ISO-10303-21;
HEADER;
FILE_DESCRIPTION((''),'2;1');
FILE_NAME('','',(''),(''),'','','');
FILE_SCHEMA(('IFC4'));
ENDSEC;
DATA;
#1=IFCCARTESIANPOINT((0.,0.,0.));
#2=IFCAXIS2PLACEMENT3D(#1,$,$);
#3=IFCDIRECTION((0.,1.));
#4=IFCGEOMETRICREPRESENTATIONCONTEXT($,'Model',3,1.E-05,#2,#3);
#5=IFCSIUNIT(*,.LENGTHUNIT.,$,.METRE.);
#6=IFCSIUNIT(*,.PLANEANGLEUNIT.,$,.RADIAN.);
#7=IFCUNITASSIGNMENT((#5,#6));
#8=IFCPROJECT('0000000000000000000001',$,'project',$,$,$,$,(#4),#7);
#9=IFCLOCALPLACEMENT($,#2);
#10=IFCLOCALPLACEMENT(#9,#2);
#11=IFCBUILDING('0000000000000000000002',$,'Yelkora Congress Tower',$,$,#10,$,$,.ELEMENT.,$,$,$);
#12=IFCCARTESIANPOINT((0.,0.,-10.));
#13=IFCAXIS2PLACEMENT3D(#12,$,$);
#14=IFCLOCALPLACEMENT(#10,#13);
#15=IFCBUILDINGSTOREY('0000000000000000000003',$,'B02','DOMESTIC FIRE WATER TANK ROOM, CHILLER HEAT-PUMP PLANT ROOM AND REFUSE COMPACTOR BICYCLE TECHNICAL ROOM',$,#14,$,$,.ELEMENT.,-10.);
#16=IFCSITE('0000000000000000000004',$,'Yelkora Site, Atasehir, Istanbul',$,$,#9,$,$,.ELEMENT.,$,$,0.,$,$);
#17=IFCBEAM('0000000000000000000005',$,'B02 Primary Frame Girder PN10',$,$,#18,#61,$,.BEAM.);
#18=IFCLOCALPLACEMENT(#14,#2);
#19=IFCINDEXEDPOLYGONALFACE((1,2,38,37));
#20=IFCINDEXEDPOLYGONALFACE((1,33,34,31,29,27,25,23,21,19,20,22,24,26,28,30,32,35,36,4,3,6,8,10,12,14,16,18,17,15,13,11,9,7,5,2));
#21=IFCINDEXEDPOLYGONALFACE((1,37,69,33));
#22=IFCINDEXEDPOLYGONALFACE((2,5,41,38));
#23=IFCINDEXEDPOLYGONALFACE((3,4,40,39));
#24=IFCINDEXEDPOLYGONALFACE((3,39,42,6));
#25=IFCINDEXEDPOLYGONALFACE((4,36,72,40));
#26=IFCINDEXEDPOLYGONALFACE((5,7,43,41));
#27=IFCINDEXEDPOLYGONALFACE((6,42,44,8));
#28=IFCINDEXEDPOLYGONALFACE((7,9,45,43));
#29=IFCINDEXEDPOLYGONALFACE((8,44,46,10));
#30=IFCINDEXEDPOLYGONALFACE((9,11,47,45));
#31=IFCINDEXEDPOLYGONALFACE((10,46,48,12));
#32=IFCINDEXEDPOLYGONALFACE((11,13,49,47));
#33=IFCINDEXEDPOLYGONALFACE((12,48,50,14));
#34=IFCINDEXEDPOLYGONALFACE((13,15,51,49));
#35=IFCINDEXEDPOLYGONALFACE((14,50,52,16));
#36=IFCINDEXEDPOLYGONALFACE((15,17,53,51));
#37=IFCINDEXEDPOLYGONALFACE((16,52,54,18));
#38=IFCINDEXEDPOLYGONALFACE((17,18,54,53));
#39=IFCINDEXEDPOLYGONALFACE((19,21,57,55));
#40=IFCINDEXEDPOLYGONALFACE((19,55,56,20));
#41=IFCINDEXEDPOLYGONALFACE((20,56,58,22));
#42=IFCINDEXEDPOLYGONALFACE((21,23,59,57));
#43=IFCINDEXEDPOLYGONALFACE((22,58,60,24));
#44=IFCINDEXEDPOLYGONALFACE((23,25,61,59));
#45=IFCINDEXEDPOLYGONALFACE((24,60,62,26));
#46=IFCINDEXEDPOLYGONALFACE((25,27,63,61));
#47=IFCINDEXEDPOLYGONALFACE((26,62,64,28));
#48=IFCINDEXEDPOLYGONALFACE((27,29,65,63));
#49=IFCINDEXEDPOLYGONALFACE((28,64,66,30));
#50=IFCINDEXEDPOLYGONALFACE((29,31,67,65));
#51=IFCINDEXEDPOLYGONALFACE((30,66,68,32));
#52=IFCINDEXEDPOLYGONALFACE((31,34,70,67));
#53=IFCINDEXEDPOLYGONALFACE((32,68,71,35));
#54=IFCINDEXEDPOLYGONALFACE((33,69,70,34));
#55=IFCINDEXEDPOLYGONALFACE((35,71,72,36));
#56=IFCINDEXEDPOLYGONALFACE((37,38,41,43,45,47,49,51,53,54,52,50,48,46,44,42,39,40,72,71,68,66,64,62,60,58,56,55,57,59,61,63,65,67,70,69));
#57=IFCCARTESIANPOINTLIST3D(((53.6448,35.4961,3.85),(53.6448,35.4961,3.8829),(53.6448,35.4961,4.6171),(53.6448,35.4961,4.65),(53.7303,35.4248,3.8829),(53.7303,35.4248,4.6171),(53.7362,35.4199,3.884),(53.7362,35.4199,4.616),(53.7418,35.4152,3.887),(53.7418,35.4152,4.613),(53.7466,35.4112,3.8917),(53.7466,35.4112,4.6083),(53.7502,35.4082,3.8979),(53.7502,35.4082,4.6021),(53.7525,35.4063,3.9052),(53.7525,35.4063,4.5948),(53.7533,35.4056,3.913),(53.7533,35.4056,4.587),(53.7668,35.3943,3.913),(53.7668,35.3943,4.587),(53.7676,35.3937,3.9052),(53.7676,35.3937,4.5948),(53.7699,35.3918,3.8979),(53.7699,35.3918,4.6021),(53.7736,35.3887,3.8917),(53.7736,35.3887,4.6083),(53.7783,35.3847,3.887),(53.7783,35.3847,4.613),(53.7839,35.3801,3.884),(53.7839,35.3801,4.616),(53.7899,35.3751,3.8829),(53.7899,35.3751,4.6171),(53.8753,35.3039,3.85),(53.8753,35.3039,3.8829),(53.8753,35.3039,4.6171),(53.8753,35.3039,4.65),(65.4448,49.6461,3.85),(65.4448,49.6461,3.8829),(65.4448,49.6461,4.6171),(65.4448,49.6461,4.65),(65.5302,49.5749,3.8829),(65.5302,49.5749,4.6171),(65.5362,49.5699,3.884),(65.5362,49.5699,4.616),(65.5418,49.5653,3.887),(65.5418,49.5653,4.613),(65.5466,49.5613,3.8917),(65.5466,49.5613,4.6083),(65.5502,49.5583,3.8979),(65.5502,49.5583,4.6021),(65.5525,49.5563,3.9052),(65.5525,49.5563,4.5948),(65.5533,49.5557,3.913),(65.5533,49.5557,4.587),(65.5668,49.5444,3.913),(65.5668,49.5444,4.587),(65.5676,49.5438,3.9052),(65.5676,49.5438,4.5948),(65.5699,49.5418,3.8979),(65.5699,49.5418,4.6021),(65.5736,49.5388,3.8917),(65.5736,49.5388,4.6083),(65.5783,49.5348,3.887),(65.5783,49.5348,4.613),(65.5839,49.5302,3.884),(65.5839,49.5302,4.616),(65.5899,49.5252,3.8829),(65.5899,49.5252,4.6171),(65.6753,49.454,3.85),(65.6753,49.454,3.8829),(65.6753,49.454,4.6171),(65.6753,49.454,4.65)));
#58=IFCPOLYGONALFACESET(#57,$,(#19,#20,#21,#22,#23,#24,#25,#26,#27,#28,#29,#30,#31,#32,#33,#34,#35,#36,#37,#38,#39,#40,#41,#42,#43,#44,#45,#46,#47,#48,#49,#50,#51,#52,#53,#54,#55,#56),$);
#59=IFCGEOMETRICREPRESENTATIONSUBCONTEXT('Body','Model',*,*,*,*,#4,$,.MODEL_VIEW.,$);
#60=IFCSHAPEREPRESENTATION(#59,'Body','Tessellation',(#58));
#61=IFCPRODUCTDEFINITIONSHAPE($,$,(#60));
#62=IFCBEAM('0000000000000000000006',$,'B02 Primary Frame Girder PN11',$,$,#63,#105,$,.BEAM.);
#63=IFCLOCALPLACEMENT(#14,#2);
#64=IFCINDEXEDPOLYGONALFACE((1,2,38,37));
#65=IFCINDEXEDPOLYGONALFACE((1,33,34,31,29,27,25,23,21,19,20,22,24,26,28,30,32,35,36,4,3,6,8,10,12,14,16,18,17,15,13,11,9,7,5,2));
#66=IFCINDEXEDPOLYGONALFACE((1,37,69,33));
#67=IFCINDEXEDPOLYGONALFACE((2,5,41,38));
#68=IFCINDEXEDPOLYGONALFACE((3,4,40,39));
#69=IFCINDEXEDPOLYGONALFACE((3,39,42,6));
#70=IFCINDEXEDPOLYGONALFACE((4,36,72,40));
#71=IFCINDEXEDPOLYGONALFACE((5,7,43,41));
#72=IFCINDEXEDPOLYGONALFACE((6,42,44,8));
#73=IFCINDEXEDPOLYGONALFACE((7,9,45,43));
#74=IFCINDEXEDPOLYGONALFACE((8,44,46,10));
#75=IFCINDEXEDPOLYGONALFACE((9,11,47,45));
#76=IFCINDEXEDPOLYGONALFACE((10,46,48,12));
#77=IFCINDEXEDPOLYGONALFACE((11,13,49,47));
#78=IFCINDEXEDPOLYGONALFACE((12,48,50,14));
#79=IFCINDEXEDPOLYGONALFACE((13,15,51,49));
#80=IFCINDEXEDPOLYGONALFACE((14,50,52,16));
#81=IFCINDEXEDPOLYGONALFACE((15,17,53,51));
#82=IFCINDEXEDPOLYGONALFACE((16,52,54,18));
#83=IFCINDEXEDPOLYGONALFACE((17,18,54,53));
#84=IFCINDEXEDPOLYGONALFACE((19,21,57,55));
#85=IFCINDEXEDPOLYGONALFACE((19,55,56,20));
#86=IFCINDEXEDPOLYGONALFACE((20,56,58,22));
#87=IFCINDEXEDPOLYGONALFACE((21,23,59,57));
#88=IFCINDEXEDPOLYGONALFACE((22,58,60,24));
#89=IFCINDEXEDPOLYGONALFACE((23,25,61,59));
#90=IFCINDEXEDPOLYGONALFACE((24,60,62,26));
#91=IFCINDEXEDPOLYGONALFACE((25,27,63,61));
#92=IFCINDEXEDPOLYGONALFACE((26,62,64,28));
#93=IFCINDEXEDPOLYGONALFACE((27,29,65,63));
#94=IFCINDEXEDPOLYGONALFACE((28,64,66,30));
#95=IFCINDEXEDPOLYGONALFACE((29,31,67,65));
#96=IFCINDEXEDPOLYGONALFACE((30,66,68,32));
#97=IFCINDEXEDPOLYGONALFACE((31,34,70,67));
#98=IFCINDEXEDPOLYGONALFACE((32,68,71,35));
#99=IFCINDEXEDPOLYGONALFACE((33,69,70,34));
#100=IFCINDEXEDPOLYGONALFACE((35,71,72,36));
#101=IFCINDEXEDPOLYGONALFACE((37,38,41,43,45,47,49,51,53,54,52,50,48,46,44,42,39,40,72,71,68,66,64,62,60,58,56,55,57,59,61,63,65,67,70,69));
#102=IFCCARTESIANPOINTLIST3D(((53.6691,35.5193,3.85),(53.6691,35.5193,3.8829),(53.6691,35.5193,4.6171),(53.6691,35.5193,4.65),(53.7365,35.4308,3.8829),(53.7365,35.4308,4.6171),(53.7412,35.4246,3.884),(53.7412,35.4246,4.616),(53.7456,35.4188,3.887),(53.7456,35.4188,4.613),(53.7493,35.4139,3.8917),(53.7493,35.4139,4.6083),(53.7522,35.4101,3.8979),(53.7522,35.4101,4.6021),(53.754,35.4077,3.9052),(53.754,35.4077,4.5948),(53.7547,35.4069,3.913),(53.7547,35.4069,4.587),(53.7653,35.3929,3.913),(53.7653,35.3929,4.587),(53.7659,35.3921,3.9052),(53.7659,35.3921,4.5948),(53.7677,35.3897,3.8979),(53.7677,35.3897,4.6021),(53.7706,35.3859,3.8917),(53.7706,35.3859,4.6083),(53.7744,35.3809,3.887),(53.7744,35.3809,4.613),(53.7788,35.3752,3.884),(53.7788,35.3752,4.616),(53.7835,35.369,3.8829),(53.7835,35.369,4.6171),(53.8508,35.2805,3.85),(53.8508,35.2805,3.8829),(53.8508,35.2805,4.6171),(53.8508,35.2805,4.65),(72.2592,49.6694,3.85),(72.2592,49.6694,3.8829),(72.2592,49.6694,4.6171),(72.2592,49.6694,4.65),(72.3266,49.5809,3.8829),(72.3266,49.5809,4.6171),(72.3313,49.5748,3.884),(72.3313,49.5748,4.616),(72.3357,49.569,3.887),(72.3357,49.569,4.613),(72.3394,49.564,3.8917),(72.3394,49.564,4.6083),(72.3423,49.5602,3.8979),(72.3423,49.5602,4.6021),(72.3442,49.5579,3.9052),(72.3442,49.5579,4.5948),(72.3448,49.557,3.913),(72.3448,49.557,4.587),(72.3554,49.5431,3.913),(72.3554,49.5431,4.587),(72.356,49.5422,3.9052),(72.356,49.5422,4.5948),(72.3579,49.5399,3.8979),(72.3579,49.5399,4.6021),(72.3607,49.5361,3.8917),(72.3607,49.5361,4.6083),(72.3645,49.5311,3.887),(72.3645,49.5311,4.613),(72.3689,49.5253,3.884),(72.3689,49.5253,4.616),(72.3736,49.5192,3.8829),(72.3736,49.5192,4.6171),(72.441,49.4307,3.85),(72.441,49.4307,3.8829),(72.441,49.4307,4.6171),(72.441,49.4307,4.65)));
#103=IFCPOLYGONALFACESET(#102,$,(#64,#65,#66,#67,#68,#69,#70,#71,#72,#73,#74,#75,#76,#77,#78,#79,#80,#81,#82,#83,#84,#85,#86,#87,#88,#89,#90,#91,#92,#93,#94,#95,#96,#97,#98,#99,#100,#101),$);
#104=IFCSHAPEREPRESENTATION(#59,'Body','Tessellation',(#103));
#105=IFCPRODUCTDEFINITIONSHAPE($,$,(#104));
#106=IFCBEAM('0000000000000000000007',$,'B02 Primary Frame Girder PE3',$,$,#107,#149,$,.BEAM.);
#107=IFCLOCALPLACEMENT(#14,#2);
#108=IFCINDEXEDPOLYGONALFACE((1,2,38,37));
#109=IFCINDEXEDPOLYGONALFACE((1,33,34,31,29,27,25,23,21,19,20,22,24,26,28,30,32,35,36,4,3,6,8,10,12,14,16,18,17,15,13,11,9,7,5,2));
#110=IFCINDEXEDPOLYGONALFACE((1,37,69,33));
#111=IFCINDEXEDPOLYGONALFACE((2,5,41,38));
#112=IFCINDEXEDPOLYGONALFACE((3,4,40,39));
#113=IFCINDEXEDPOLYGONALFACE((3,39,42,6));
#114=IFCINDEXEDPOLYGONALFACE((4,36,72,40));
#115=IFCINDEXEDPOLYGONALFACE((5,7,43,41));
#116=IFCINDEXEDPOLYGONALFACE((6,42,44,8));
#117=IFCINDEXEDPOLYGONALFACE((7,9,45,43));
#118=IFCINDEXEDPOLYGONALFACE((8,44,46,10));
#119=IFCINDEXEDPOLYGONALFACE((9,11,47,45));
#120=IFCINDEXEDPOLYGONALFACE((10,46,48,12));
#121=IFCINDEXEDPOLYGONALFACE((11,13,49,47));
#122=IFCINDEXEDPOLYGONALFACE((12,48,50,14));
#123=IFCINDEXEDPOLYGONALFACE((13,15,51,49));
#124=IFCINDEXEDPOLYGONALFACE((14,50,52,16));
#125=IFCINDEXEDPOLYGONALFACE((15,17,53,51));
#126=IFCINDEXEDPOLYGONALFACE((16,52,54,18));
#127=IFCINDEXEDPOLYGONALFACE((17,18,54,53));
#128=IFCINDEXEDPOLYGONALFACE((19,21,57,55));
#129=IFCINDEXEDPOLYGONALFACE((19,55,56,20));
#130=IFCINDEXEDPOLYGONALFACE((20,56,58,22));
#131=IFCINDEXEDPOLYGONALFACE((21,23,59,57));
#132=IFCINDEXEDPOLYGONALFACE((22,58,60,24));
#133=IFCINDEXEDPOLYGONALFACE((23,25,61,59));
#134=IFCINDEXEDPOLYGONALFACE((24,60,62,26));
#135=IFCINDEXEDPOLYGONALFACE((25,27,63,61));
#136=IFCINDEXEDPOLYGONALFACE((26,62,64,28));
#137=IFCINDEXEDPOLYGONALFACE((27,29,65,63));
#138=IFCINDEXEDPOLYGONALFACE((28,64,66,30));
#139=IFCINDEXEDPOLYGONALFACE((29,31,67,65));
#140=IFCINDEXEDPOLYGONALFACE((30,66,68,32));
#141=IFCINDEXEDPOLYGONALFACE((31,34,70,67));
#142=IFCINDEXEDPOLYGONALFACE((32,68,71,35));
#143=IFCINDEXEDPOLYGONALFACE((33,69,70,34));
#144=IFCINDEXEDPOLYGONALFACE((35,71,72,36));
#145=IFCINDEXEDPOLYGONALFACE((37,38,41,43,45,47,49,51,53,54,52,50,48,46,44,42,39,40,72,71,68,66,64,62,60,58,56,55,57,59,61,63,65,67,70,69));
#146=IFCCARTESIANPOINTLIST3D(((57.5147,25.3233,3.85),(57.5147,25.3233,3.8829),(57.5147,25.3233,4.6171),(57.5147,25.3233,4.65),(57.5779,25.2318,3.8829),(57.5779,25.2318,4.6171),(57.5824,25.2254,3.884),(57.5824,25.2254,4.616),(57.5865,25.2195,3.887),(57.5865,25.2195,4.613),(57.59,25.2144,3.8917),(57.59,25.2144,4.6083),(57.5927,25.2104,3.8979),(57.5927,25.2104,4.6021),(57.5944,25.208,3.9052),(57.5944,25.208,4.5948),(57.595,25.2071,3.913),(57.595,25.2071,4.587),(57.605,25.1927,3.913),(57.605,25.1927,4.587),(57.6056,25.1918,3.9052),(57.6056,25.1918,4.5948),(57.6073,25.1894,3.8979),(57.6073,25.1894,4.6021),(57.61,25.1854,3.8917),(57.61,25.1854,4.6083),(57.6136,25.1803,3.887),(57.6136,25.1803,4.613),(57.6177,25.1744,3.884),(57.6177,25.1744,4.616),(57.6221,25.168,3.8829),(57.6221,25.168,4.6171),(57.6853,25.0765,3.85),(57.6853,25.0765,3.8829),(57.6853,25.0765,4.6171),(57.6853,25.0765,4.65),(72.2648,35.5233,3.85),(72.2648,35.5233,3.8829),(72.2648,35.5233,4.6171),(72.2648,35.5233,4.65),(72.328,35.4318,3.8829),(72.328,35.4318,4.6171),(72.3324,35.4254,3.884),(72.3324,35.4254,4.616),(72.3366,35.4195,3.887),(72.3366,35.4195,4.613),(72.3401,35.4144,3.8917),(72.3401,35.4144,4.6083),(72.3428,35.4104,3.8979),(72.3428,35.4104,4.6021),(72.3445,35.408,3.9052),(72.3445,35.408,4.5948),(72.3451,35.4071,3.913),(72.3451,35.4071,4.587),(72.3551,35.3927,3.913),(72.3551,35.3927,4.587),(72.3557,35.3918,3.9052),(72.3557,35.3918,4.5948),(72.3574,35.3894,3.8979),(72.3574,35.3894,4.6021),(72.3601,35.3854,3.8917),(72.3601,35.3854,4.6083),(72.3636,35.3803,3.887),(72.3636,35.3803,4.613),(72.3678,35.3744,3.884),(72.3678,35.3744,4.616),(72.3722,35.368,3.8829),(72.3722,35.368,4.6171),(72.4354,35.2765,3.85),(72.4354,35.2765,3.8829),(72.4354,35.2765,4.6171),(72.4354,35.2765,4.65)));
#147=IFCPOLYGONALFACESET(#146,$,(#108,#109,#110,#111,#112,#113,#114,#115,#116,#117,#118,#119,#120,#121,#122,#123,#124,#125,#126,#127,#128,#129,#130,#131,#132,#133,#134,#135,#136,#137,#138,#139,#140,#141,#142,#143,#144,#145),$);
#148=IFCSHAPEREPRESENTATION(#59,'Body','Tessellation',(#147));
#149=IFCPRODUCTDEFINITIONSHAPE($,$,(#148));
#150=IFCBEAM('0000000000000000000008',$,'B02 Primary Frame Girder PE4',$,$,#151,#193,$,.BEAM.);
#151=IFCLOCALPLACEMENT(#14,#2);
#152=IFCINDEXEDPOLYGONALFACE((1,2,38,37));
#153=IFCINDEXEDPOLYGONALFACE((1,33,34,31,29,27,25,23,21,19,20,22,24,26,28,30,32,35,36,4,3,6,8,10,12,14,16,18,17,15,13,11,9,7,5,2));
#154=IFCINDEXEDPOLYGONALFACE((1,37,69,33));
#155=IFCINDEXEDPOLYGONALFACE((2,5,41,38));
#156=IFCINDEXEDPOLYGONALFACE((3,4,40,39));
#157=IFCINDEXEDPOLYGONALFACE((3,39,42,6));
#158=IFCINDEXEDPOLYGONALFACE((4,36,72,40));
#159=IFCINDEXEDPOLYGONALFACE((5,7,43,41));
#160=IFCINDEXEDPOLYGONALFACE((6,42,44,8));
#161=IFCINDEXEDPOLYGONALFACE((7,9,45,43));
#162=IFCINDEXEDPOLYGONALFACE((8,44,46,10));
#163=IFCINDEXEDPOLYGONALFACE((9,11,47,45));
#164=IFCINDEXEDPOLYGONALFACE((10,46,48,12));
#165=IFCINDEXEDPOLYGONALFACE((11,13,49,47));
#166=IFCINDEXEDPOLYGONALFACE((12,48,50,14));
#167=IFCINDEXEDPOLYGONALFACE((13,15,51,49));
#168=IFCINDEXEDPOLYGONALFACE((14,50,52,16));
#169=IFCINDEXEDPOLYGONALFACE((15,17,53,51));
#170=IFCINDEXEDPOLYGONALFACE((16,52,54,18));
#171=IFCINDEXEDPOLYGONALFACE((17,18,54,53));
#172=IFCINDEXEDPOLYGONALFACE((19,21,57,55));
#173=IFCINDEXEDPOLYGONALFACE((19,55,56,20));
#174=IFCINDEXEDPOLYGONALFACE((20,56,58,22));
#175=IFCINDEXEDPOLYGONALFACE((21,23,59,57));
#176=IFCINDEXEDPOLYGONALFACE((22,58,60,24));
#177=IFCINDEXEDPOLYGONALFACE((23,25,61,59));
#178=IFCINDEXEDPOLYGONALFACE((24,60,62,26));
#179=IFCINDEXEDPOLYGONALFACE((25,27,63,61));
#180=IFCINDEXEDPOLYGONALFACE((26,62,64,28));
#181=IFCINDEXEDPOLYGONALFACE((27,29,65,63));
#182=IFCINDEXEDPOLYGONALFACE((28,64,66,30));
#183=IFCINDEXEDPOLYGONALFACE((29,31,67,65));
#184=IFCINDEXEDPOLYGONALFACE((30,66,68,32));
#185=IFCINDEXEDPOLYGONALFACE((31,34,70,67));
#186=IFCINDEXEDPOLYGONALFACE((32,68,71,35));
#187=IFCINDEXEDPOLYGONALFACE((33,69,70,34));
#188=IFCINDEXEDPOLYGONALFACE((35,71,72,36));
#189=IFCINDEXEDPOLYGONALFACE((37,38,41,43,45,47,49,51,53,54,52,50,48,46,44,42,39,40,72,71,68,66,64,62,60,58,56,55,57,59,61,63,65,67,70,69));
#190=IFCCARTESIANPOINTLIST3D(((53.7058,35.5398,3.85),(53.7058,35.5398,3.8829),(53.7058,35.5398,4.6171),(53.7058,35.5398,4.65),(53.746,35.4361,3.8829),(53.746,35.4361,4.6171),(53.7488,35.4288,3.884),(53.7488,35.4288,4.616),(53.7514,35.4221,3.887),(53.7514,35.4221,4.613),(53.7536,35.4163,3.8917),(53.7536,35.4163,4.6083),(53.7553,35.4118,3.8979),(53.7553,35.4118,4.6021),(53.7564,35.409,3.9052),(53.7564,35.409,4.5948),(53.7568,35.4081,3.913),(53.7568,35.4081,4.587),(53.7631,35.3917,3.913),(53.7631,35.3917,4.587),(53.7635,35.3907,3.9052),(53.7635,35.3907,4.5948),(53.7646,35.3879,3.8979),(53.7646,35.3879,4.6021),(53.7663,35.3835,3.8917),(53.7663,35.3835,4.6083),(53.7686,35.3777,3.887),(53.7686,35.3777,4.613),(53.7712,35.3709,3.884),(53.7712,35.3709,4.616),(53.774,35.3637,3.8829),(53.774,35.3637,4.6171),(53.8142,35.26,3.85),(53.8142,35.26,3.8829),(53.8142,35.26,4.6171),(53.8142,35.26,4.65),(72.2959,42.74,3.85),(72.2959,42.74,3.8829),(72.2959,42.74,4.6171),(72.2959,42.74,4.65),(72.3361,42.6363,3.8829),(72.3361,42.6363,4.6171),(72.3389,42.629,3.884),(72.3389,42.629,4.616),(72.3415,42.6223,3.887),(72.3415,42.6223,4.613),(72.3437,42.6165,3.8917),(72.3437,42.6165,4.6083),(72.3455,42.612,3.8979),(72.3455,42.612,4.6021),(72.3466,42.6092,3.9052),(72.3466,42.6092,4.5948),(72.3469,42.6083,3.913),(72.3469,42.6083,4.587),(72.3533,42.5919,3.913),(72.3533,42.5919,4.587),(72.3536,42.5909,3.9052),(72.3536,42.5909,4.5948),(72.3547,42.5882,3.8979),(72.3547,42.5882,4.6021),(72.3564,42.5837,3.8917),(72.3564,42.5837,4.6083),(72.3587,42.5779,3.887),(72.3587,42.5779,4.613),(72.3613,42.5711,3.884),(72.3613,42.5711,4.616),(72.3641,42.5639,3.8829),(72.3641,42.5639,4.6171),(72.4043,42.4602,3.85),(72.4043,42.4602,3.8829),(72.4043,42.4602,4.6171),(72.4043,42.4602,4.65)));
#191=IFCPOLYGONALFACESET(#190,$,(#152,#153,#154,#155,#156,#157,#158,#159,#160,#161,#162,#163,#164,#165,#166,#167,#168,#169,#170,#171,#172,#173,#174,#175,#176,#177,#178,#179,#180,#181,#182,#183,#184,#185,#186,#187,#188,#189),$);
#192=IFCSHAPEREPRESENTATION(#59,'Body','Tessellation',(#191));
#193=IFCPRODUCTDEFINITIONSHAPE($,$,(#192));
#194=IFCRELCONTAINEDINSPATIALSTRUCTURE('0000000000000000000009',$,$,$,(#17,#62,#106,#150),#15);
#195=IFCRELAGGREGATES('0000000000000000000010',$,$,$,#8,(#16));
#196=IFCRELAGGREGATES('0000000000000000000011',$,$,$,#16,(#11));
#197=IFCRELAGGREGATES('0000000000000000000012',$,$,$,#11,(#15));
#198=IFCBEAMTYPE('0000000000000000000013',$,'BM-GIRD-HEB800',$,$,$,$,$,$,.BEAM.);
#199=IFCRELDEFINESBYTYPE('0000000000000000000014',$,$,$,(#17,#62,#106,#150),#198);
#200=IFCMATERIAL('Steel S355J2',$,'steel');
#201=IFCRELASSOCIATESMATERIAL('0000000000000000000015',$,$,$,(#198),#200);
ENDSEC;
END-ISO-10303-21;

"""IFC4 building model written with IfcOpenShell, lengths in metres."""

from ifc_helpers import new_model, si_unit, direction, frame, origin, origin_2d, place, context, subcontext, project, spatial, i_section, extrude, material, material_profile, profile_set, type_object, element, save


model = new_model("IFC4")

# Units and contexts
model_context = context("Model", 3, precision=1e-05, world=origin(), true_north=direction((0.0, 1.0)))
body_context = subcontext(model_context, "Body", "Model", "MODEL_VIEW")
ifc_project = project(units=[si_unit("LENGTHUNIT", "METRE"), si_unit("PLANEANGLEUNIT", "RADIAN")], contexts=[model_context])

# Site, building, storey
site_placement = place(None, origin())
site = spatial("IfcSite", under=ifc_project, at=site_placement, Name="Yelkora Site, Atasehir, Istanbul", CompositionType="ELEMENT", RefElevation=0.0)
building_placement = place(site_placement, origin())
building = spatial("IfcBuilding", under=site, at=building_placement, Name="Yelkora Congress Tower", CompositionType="ELEMENT")
storey_placement = place(building_placement, frame((0.0, 0.0, -10.0)))
storey = spatial("IfcBuildingStorey", under=building, at=storey_placement, Name="B02", Description="DOMESTIC FIRE WATER TANK ROOM, CHILLER HEAT-PUMP PLANT ROOM AND REFUSE COMPACTOR BICYCLE TECHNICAL ROOM", CompositionType="ELEMENT", Elevation=-10.0)

# Beams
ifc_material_1 = material(Name="Steel S355J2", Category="steel")
ifc_material_profile_1 = material_profile(ifc_material_1, i_section(OverallWidth=0.3, OverallDepth=0.8, WebThickness=0.0176, FlangeThickness=0.033, FilletRadius=0.03, at=origin_2d()), Name="HEB 800")
ifc_profile_set_1 = profile_set([ifc_material_profile_1], Name="Steel S355J2")
beam_type_1 = type_object("IfcBeamType", Name="BM-GIRD-HEB800", PredefinedType="BEAM", material=ifc_profile_set_1)
beam_1_placement = place(storey_placement, frame((65.5601, 49.55, 4.25), z_axis=(-0.640449, -0.768001, 0.0), x_axis=(0.768001, -0.640449, 0.0)))
element("IfcBeam", 1, at=beam_1_placement, inside=storey, type_object=beam_type_1, Name="B02 Primary Frame Girder PN10", PredefinedType="BEAM", context=body_context, shape_type="SweptSolid", body=[
    extrude(i_section(OverallWidth=0.3, OverallDepth=0.8, WebThickness=0.0176, FlangeThickness=0.033, FilletRadius=0.03, at=origin_2d()), origin(), (0.0, 0.0, 1.0), 18.4246),
])
beam_2_placement = place(storey_placement, frame((72.3501, 49.55, 4.25), z_axis=(-0.795715, -0.605671, 0.0), x_axis=(0.605671, -0.795715, 0.0)))
element("IfcBeam", 2, at=beam_2_placement, inside=storey, type_object=beam_type_1, Name="B02 Primary Frame Girder PN11", PredefinedType="BEAM", context=body_context, shape_type="SweptSolid", body=[
    extrude(i_section(OverallWidth=0.3, OverallDepth=0.8, WebThickness=0.0176, FlangeThickness=0.033, FilletRadius=0.03, at=origin_2d()), origin(), (0.0, 0.0, 1.0), 23.3628),
])
beam_3_placement = place(storey_placement, frame((72.3501, 35.3999, 4.25), z_axis=(-0.822494, -0.568773, 0.0), x_axis=(0.568773, -0.822494, 0.0)))
element("IfcBeam", 3, at=beam_3_placement, inside=storey, type_object=beam_type_1, Name="B02 Primary Frame Girder PE3", PredefinedType="BEAM", context=body_context, shape_type="SweptSolid", body=[
    extrude(i_section(OverallWidth=0.3, OverallDepth=0.8, WebThickness=0.0176, FlangeThickness=0.033, FilletRadius=0.03, at=origin_2d()), origin(), (0.0, 0.0, 1.0), 17.9333),
])
beam_4_placement = place(storey_placement, frame((72.3501, 42.6001, 4.25), z_axis=(-0.9325, -0.36117, 0.0), x_axis=(0.36117, -0.9325, 0.0)))
element("IfcBeam", 4, at=beam_4_placement, inside=storey, type_object=beam_type_1, Name="B02 Primary Frame Girder PE4", PredefinedType="BEAM", context=body_context, shape_type="SweptSolid", body=[
    extrude(i_section(OverallWidth=0.3, OverallDepth=0.8, WebThickness=0.0176, FlangeThickness=0.033, FilletRadius=0.03, at=origin_2d()), origin(), (0.0, 0.0, 1.0), 19.9358),
])

save(model, "model.ifc")
